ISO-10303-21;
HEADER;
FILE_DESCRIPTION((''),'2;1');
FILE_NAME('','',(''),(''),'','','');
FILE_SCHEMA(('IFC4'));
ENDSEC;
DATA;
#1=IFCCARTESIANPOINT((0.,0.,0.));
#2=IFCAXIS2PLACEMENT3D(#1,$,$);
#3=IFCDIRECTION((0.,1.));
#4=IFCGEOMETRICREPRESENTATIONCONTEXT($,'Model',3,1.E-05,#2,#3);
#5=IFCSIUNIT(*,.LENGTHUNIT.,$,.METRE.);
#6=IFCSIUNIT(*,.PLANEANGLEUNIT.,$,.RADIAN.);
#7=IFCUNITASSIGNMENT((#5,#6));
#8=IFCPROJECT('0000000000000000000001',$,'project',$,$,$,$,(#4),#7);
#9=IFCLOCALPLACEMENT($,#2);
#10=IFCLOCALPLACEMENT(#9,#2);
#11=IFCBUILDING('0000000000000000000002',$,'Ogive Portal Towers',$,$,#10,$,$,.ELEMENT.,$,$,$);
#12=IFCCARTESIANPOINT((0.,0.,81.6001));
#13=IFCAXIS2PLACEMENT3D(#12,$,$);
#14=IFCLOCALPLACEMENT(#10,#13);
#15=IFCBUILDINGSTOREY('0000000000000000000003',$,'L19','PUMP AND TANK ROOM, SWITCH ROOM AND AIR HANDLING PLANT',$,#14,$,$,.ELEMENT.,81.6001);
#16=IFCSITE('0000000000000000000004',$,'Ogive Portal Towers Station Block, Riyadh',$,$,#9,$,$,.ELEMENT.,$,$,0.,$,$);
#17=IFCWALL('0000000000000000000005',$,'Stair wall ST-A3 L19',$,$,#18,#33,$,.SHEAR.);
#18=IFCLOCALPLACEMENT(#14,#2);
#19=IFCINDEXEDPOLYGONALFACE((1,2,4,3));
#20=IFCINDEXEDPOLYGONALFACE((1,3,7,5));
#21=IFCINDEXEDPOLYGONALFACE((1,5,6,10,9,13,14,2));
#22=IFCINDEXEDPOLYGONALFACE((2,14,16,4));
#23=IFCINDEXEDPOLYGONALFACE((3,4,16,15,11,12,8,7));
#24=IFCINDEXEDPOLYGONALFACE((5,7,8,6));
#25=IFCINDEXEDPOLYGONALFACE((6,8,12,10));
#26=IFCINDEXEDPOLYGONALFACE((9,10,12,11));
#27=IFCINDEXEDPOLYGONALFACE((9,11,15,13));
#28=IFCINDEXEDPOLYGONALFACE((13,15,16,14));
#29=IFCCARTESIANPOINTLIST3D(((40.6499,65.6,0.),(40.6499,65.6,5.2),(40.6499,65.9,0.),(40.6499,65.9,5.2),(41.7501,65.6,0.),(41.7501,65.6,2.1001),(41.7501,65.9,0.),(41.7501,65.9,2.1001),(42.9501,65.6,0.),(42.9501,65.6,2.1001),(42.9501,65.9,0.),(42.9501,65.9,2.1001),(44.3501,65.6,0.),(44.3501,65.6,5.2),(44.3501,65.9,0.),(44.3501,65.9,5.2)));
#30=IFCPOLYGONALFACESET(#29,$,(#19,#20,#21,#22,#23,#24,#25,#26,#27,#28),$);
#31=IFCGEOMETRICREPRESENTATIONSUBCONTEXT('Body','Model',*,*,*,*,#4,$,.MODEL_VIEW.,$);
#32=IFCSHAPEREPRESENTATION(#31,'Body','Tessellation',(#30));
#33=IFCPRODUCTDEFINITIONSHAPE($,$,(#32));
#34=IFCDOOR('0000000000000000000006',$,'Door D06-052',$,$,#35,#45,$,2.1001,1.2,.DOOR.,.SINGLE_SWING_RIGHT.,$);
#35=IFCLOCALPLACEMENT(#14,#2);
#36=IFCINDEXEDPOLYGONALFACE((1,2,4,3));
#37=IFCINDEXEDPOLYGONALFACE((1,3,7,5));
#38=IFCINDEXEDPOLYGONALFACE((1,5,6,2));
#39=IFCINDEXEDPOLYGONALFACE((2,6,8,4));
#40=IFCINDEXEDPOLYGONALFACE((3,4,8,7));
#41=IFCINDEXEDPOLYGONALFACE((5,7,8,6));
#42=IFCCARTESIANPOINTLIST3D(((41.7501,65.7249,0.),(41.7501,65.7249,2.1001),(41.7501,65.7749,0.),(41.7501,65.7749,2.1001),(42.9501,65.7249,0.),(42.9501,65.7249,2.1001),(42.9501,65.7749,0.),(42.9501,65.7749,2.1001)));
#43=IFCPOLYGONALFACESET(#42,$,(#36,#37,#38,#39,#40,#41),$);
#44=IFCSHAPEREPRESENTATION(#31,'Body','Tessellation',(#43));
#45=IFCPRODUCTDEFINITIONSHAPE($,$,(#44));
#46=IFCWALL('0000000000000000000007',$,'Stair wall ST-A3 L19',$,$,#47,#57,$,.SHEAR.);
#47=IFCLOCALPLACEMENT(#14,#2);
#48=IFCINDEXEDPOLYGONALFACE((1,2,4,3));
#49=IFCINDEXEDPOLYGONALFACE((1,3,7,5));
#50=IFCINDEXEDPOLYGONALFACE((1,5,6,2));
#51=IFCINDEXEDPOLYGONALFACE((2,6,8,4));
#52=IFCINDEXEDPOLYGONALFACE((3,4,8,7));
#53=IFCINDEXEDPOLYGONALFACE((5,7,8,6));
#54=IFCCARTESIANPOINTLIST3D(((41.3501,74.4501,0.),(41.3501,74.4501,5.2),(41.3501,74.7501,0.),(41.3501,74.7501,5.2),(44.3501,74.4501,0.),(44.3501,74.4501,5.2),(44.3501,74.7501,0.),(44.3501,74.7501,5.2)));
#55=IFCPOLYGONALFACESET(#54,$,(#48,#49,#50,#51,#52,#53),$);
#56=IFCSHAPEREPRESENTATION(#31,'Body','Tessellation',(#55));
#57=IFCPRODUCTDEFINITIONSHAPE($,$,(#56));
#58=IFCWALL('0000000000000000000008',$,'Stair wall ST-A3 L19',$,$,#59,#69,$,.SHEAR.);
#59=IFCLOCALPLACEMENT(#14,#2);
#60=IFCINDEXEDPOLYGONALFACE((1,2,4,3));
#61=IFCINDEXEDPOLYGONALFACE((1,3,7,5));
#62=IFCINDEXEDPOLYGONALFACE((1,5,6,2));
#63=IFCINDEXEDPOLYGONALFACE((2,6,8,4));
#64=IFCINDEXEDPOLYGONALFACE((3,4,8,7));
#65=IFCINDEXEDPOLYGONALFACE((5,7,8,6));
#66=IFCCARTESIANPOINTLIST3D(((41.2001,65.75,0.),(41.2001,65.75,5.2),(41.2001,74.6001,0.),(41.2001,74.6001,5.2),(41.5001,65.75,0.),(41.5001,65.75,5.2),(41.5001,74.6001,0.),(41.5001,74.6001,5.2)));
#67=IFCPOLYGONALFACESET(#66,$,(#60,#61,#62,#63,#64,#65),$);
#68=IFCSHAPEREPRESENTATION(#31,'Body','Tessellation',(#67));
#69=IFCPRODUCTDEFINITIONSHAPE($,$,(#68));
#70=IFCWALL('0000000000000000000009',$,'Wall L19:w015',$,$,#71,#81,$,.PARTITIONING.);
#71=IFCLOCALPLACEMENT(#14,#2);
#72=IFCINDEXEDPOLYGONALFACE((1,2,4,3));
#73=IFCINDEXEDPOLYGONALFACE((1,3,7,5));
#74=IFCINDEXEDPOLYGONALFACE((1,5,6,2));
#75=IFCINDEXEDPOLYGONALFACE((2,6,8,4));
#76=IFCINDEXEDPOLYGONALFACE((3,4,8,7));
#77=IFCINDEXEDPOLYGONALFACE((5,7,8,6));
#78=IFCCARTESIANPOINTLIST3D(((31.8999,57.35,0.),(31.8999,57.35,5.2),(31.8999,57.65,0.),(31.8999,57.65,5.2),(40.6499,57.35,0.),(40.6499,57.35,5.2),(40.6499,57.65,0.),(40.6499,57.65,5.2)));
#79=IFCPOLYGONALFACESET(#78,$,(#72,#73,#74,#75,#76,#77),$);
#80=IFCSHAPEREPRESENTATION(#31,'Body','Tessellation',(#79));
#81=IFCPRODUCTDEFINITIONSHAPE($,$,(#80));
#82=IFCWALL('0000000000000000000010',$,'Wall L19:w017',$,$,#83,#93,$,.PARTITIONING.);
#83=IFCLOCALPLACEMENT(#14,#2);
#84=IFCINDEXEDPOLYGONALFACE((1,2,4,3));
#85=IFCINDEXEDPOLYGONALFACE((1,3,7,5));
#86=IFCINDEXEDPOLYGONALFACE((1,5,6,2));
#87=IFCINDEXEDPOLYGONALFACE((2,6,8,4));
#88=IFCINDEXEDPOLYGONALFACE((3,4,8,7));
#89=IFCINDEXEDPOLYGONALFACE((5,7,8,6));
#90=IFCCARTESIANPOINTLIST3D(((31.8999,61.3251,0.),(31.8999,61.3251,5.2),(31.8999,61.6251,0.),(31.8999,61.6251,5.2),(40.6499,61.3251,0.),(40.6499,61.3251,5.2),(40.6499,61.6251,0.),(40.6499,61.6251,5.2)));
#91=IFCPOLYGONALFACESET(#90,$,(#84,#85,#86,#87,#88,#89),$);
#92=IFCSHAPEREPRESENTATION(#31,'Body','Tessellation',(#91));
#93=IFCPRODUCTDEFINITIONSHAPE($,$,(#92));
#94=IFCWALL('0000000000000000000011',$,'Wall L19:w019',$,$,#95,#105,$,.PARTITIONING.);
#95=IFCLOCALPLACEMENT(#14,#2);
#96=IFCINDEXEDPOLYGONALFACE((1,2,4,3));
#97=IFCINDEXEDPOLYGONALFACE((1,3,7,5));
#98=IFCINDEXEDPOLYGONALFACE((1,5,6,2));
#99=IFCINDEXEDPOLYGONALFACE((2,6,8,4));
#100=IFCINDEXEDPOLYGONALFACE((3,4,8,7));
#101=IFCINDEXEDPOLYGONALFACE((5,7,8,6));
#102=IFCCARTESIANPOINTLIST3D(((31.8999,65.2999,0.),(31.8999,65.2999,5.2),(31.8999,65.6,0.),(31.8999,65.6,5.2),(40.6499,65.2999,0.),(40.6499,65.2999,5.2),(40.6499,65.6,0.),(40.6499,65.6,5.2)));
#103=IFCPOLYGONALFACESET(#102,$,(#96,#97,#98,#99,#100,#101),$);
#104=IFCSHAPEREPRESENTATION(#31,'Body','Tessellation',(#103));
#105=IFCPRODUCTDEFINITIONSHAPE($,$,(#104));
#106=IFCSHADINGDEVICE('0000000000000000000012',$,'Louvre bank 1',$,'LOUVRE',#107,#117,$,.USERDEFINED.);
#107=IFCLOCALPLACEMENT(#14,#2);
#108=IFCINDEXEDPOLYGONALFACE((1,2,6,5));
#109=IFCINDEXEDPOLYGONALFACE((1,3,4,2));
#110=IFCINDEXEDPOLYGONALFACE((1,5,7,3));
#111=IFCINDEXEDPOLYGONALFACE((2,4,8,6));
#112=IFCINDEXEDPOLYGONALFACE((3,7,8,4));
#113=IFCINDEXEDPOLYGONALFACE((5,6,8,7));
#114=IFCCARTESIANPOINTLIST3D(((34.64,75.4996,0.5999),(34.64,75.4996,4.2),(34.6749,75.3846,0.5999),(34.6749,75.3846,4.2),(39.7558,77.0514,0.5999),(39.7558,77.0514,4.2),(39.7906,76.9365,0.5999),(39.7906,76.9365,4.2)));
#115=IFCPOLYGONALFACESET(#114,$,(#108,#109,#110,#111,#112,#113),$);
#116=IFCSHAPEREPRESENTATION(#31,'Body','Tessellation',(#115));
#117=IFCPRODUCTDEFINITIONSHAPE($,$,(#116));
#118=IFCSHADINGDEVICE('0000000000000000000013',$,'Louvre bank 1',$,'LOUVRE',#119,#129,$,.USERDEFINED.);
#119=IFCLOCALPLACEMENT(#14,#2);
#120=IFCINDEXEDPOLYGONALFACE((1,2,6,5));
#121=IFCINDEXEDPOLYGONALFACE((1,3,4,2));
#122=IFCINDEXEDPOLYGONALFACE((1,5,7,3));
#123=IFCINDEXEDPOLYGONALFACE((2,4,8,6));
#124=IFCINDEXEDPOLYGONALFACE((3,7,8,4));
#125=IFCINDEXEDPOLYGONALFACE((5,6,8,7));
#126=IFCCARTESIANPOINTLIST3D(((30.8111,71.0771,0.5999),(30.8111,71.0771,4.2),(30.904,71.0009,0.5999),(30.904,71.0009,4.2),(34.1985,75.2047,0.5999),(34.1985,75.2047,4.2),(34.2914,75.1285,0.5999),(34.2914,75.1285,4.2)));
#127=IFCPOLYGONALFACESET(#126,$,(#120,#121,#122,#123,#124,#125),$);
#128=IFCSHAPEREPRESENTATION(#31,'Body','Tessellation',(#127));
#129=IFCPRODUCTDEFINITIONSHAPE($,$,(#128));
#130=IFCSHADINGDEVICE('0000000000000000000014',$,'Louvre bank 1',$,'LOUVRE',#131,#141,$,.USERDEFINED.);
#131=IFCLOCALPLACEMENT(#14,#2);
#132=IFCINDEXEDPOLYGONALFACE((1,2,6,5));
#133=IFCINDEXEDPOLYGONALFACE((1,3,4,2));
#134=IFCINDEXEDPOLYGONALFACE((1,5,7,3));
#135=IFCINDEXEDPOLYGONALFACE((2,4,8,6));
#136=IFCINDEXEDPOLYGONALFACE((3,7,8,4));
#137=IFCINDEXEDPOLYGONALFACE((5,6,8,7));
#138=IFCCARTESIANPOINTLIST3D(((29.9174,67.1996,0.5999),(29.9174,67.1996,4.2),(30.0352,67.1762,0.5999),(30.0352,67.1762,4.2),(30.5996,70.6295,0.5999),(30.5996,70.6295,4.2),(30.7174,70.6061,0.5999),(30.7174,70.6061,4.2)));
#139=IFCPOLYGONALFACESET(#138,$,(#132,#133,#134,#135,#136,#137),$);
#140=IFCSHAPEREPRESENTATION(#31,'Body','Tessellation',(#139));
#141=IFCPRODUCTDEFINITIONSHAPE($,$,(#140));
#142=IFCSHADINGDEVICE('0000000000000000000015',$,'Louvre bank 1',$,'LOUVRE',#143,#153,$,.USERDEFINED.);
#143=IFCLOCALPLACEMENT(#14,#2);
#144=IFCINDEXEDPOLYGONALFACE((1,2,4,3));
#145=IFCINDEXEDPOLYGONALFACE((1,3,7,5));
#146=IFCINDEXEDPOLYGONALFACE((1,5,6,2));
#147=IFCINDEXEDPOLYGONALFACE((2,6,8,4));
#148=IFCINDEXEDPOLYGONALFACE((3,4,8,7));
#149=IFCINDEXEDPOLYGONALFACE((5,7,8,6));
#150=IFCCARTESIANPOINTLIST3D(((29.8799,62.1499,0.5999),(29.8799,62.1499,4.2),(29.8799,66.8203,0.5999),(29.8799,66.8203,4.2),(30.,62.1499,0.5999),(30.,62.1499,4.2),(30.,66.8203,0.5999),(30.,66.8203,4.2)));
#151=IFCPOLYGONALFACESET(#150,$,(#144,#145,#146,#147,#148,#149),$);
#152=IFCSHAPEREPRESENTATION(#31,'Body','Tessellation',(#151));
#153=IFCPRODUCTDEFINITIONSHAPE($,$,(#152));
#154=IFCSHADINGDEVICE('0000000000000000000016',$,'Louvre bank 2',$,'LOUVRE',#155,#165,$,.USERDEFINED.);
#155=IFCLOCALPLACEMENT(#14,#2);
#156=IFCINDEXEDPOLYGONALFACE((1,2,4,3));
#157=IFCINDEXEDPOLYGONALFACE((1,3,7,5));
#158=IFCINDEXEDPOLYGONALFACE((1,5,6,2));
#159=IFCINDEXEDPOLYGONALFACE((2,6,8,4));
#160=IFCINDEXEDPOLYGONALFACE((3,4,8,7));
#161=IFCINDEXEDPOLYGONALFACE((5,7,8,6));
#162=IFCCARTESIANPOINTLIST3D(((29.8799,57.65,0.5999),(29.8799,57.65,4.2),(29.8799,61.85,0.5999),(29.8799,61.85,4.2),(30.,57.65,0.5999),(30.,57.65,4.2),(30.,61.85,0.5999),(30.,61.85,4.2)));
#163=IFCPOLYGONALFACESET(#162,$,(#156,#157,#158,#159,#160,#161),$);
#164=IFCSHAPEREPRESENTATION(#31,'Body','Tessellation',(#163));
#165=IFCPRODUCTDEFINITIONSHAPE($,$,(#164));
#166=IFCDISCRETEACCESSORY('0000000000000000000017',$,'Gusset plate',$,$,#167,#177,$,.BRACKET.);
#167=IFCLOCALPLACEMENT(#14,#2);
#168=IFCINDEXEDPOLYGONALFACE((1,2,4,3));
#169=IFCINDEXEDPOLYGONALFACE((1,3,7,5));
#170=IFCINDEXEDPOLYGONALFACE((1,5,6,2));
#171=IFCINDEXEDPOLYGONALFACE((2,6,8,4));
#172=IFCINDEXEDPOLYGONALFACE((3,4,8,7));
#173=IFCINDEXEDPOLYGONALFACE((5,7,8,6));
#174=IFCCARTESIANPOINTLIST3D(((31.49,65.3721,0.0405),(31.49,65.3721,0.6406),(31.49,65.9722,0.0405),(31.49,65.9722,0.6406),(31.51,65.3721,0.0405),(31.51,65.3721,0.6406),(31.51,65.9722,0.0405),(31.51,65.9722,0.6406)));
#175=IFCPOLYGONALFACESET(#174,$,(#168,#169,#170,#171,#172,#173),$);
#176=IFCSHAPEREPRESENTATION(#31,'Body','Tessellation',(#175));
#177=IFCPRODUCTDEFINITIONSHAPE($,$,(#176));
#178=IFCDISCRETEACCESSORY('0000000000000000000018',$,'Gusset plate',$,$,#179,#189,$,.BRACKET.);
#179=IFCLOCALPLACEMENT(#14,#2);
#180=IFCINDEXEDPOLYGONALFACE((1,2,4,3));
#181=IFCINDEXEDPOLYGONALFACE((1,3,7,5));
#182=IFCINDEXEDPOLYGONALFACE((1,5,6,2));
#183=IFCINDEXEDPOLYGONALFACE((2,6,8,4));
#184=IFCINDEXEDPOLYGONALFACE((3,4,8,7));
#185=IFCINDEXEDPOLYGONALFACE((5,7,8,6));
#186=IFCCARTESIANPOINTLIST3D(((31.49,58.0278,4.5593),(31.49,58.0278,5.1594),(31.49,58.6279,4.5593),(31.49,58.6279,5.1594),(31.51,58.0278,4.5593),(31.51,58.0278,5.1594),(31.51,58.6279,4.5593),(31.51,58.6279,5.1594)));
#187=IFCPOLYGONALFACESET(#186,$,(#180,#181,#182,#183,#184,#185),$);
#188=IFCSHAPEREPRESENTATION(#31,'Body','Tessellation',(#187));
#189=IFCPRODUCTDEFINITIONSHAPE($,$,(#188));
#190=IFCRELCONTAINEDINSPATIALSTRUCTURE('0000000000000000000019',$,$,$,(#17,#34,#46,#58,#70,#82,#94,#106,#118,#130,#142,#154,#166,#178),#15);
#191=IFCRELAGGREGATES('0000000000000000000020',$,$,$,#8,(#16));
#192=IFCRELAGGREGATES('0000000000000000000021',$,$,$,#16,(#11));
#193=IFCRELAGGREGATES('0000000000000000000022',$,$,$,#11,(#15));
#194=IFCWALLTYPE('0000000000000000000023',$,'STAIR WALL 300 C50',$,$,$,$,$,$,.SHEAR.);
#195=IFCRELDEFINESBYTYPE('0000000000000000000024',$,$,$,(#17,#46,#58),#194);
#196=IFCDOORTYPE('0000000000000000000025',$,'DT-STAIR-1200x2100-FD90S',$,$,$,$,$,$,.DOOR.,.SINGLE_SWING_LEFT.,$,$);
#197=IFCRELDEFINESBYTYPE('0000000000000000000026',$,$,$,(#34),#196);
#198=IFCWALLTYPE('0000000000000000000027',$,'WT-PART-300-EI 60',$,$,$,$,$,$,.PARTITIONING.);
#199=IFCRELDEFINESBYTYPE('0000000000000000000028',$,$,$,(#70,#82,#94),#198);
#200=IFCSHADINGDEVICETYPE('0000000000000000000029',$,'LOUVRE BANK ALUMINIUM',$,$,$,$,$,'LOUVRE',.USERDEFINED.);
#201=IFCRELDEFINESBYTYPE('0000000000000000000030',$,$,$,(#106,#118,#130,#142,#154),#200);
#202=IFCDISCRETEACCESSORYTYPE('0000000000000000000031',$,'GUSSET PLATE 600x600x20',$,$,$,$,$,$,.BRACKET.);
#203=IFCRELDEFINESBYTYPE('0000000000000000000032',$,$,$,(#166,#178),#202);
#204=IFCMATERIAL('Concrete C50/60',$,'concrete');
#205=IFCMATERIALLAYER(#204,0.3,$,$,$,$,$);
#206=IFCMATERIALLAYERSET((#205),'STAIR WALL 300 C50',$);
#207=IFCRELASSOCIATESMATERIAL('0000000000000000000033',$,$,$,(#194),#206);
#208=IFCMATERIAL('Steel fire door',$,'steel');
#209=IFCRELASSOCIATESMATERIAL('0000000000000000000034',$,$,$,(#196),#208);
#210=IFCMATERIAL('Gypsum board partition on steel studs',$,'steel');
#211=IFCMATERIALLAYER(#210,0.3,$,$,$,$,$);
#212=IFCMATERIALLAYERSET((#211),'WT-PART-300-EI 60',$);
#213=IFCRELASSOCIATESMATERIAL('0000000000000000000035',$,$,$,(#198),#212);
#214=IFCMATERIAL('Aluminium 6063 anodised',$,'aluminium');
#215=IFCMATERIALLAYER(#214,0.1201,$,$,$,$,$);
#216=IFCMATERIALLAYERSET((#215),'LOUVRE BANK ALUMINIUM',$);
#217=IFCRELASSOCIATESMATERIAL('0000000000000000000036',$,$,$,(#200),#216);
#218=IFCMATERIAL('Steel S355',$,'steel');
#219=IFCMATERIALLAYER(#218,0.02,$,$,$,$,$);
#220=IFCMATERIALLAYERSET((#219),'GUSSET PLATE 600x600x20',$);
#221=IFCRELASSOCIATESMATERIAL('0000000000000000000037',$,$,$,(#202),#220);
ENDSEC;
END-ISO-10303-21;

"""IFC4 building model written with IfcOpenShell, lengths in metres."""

from ifc_helpers import new_model, si_unit, direction, frame, frame_2d, origin, origin_2d, place, context, subcontext, project, spatial, rectangle, extrude, material, layer, layer_set, type_object, element, fill, save


model = new_model("IFC4")

# Units and contexts
model_context = context("Model", 3, precision=1e-05, world=origin(), true_north=direction((0.0, 1.0)))
body_context = subcontext(model_context, "Body", "Model", "MODEL_VIEW")
ifc_project = project(units=[si_unit("LENGTHUNIT", "METRE"), si_unit("PLANEANGLEUNIT", "RADIAN")], contexts=[model_context])

# Site, building, storey
site_placement = place(None, origin())
site = spatial("IfcSite", under=ifc_project, at=site_placement, Name="Ogive Portal Towers Station Block, Riyadh", CompositionType="ELEMENT", RefElevation=0.0)
building_placement = place(site_placement, origin())
building = spatial("IfcBuilding", under=site, at=building_placement, Name="Ogive Portal Towers", CompositionType="ELEMENT")
storey_placement = place(building_placement, frame((0.0, 0.0, 81.6001)))
storey = spatial("IfcBuildingStorey", under=building, at=storey_placement, Name="L19", Description="PUMP AND TANK ROOM, SWITCH ROOM AND AIR HANDLING PLANT", CompositionType="ELEMENT", Elevation=81.6001)

# Shared definitions
ifc_material_1 = material(Name="Steel S355", Category="steel")

# Wall, opening, door
ifc_material_2 = material(Name="Concrete C50/60", Category="concrete")
ifc_layer_1 = layer(ifc_material_2, 0.3)
ifc_layer_set_1 = layer_set([ifc_layer_1], Name="STAIR WALL 300 C50")
wall_type_1 = type_object("IfcWallType", Name="STAIR WALL 300 C50", PredefinedType="SHEAR", material=ifc_layer_set_1)
wall_1_placement = place(storey_placement, frame((40.6499, 65.75, 0.0), z_axis=(0.0, 0.0, 1.0), x_axis=(1.0, 0.0, 0.0)))
wall_1 = element("IfcWall", 1, at=wall_1_placement, inside=storey, type_object=wall_type_1, Name="Stair wall ST-A3 L19", PredefinedType="SHEAR", context=body_context, shape_type="SweptSolid", body=[
    extrude(rectangle(XDim=3.7002, YDim=0.3, at=frame_2d((1.8501, 0.0))), origin(), (0.0, 0.0, 1.0), 5.2),
])
opening_placement = place(wall_1_placement, frame((1.1001, 0.0, 0.0)))
opening = element("IfcOpeningElement", 2, at=opening_placement, cuts=wall_1, PredefinedType="OPENING", context=body_context, shape_type="SweptSolid", body=[
    extrude(rectangle(XDim=1.2, YDim=2.1001, at=frame_2d((0.6001, 1.05))), frame((0.0, 0.1602, 0.0), z_axis=(0.0, -1.0, 0.0), x_axis=(1.0, 0.0, 0.0)), (0.0, 0.0, 1.0), 0.3201),
])
ifc_material_3 = material(Name="Steel fire door", Category="steel")
door_type = type_object("IfcDoorType", Name="DT-STAIR-1200x2100-FD90S", OperationType="SINGLE_SWING_LEFT", PredefinedType="DOOR", material=ifc_material_3)
door_placement = place(opening_placement, origin())
door = element("IfcDoor", 3, at=door_placement, inside=storey, type_object=door_type, Name="Door D06-052", OperationType="SINGLE_SWING_RIGHT", OverallHeight=2.1001, OverallWidth=1.2, PredefinedType="DOOR", context=body_context, shape_type="SweptSolid", body=[
    extrude(rectangle(XDim=1.2, YDim=2.1001, at=frame_2d((0.6001, 1.05))), frame((0.0, 0.0249, 0.0), z_axis=(0.0, -1.0, 0.0), x_axis=(1.0, 0.0, 0.0)), (0.0, 0.0, 1.0), 0.05),
])
fill(opening, door)

# Walls
wall_2_placement = place(storey_placement, frame((41.3501, 74.6001, 0.0), z_axis=(0.0, 0.0, 1.0), x_axis=(1.0, 0.0, 0.0)))
element("IfcWall", 4, at=wall_2_placement, inside=storey, type_object=wall_type_1, Name="Stair wall ST-A3 L19", PredefinedType="SHEAR", context=body_context, shape_type="SweptSolid", body=[
    extrude(rectangle(XDim=3.0, YDim=0.3, at=frame_2d((1.5, 0.0))), origin(), (0.0, 0.0, 1.0), 5.2),
])
wall_3_placement = place(storey_placement, frame((41.3501, 65.75, 0.0), z_axis=(0.0, 0.0, 1.0), x_axis=(0.0, 1.0, 0.0)))
element("IfcWall", 5, at=wall_3_placement, inside=storey, type_object=wall_type_1, Name="Stair wall ST-A3 L19", PredefinedType="SHEAR", context=body_context, shape_type="SweptSolid", body=[
    extrude(rectangle(XDim=8.8501, YDim=0.3, at=frame_2d((4.425, 0.0))), origin(), (0.0, 0.0, 1.0), 5.2),
])
ifc_material_4 = material(Name="Gypsum board partition on steel studs", Category="steel")
ifc_layer_2 = layer(ifc_material_4, 0.3)
ifc_layer_set_2 = layer_set([ifc_layer_2], Name="WT-PART-300-EI 60")
wall_type_2 = type_object("IfcWallType", Name="WT-PART-300-EI 60", PredefinedType="PARTITIONING", material=ifc_layer_set_2)
for number, where, z_axis, x_axis, name in (
    (6, (31.8999, 57.5, 0.0), (0.0, 0.0, 1.0), (1.0, 0.0, 0.0), "Wall L19:w015"),
    (7, (31.8999, 61.4751, 0.0), (0.0, 0.0, 1.0), (1.0, 0.0, 0.0), "Wall L19:w017"),
    (8, (31.8999, 65.45, 0.0), (0.0, 0.0, 1.0), (1.0, 0.0, 0.0), "Wall L19:w019"),
):
    element("IfcWall", number, at=place(storey_placement, frame(where, z_axis=z_axis, x_axis=x_axis)), inside=storey, type_object=wall_type_2, Name=name, PredefinedType="PARTITIONING", context=body_context, shape_type="SweptSolid", body=[
        extrude(rectangle(XDim=8.75, YDim=0.3, at=frame_2d((4.375, 0.0))), origin(), (0.0, 0.0, 1.0), 5.2),
    ])

# Shading devices
ifc_material_5 = material(Name="Aluminium 6063 anodised", Category="aluminium")
ifc_layer_3 = layer(ifc_material_5, 0.1201)
ifc_layer_set_3 = layer_set([ifc_layer_3], Name="LOUVRE BANK ALUMINIUM")
shading_device_type = type_object("IfcShadingDeviceType", Name="LOUVRE BANK ALUMINIUM", ElementType="LOUVRE", PredefinedType="USERDEFINED", material=ifc_layer_set_3)
shading_device_1_placement = place(storey_placement, frame((37.2153, 76.218, 0.5999), z_axis=(0.0, 0.0, 1.0), x_axis=(-0.95694, -0.290285, 0.0)))
element("IfcShadingDevice", 9, at=shading_device_1_placement, inside=storey, type_object=shading_device_type, Name="Louvre bank 1", ObjectType="LOUVRE", PredefinedType="USERDEFINED", context=body_context, shape_type="SweptSolid", body=[
    extrude(rectangle(XDim=5.3459, YDim=0.1201, at=origin_2d()), origin(), (0.0, 0.0, 1.0), 3.6001),
])
shading_device_2_placement = place(storey_placement, frame((32.5513, 73.1028, 0.5999), z_axis=(0.0, 0.0, 1.0), x_axis=(-0.634393, -0.77301, 0.0)))
element("IfcShadingDevice", 10, at=shading_device_2_placement, inside=storey, type_object=shading_device_type, Name="Louvre bank 1", ObjectType="LOUVRE", PredefinedType="USERDEFINED", context=body_context, shape_type="SweptSolid", body=[
    extrude(rectangle(XDim=5.3396, YDim=0.1201, at=origin_2d()), origin(), (0.0, 0.0, 1.0), 3.6001),
])
shading_device_3_placement = place(storey_placement, frame((30.3174, 68.9028, 0.5999), z_axis=(0.0, 0.0, 1.0), x_axis=(-0.19509, -0.980785, 0.0)))
element("IfcShadingDevice", 11, at=shading_device_3_placement, inside=storey, type_object=shading_device_type, Name="Louvre bank 1", ObjectType="LOUVRE", PredefinedType="USERDEFINED", context=body_context, shape_type="SweptSolid", body=[
    extrude(rectangle(XDim=3.4971, YDim=0.1201, at=origin_2d()), origin(), (0.0, 0.0, 1.0), 3.6001),
])
shading_device_4_placement = place(storey_placement, frame((29.9399, 64.4851, 0.5999), z_axis=(0.0, 0.0, 1.0), x_axis=(0.0, -1.0, 0.0)))
element("IfcShadingDevice", 12, at=shading_device_4_placement, inside=storey, type_object=shading_device_type, Name="Louvre bank 1", ObjectType="LOUVRE", PredefinedType="USERDEFINED", context=body_context, shape_type="SweptSolid", body=[
    extrude(rectangle(XDim=4.6704, YDim=0.1201, at=origin_2d()), origin(), (0.0, 0.0, 1.0), 3.6001),
])
shading_device_5_placement = place(storey_placement, frame((29.9399, 59.75, 0.5999), z_axis=(0.0, 0.0, 1.0), x_axis=(0.0, -1.0, 0.0)))
element("IfcShadingDevice", 13, at=shading_device_5_placement, inside=storey, type_object=shading_device_type, Name="Louvre bank 2", ObjectType="LOUVRE", PredefinedType="USERDEFINED", context=body_context, shape_type="SweptSolid", body=[
    extrude(rectangle(XDim=4.2, YDim=0.1201, at=origin_2d()), origin(), (0.0, 0.0, 1.0), 3.6001),
])

# Discrete accessories
ifc_layer_4 = layer(ifc_material_1, 0.02)
ifc_layer_set_4 = layer_set([ifc_layer_4], Name="GUSSET PLATE 600x600x20")
discrete_accessory_type = type_object("IfcDiscreteAccessoryType", Name="GUSSET PLATE 600x600x20", PredefinedType="BRACKET", material=ifc_layer_set_4)
for number, where, z_axis, x_axis, name in (
    (14, (31.5, 65.6721, 0.0405), (0.0, 0.0, 1.0), (0.0, -1.0, 0.0), "Gusset plate"),
    (15, (31.5, 58.3279, 4.5593), (0.0, 0.0, 1.0), (0.0, -1.0, 0.0), "Gusset plate"),
):
    element("IfcDiscreteAccessory", number, at=place(storey_placement, frame(where, z_axis=z_axis, x_axis=x_axis)), inside=storey, type_object=discrete_accessory_type, Name=name, PredefinedType="BRACKET", context=body_context, shape_type="SweptSolid", body=[
        extrude(rectangle(XDim=0.6001, YDim=0.02, at=origin_2d()), origin(), (0.0, 0.0, 1.0), 0.6001),
    ])

save(model, "model.ifc")
